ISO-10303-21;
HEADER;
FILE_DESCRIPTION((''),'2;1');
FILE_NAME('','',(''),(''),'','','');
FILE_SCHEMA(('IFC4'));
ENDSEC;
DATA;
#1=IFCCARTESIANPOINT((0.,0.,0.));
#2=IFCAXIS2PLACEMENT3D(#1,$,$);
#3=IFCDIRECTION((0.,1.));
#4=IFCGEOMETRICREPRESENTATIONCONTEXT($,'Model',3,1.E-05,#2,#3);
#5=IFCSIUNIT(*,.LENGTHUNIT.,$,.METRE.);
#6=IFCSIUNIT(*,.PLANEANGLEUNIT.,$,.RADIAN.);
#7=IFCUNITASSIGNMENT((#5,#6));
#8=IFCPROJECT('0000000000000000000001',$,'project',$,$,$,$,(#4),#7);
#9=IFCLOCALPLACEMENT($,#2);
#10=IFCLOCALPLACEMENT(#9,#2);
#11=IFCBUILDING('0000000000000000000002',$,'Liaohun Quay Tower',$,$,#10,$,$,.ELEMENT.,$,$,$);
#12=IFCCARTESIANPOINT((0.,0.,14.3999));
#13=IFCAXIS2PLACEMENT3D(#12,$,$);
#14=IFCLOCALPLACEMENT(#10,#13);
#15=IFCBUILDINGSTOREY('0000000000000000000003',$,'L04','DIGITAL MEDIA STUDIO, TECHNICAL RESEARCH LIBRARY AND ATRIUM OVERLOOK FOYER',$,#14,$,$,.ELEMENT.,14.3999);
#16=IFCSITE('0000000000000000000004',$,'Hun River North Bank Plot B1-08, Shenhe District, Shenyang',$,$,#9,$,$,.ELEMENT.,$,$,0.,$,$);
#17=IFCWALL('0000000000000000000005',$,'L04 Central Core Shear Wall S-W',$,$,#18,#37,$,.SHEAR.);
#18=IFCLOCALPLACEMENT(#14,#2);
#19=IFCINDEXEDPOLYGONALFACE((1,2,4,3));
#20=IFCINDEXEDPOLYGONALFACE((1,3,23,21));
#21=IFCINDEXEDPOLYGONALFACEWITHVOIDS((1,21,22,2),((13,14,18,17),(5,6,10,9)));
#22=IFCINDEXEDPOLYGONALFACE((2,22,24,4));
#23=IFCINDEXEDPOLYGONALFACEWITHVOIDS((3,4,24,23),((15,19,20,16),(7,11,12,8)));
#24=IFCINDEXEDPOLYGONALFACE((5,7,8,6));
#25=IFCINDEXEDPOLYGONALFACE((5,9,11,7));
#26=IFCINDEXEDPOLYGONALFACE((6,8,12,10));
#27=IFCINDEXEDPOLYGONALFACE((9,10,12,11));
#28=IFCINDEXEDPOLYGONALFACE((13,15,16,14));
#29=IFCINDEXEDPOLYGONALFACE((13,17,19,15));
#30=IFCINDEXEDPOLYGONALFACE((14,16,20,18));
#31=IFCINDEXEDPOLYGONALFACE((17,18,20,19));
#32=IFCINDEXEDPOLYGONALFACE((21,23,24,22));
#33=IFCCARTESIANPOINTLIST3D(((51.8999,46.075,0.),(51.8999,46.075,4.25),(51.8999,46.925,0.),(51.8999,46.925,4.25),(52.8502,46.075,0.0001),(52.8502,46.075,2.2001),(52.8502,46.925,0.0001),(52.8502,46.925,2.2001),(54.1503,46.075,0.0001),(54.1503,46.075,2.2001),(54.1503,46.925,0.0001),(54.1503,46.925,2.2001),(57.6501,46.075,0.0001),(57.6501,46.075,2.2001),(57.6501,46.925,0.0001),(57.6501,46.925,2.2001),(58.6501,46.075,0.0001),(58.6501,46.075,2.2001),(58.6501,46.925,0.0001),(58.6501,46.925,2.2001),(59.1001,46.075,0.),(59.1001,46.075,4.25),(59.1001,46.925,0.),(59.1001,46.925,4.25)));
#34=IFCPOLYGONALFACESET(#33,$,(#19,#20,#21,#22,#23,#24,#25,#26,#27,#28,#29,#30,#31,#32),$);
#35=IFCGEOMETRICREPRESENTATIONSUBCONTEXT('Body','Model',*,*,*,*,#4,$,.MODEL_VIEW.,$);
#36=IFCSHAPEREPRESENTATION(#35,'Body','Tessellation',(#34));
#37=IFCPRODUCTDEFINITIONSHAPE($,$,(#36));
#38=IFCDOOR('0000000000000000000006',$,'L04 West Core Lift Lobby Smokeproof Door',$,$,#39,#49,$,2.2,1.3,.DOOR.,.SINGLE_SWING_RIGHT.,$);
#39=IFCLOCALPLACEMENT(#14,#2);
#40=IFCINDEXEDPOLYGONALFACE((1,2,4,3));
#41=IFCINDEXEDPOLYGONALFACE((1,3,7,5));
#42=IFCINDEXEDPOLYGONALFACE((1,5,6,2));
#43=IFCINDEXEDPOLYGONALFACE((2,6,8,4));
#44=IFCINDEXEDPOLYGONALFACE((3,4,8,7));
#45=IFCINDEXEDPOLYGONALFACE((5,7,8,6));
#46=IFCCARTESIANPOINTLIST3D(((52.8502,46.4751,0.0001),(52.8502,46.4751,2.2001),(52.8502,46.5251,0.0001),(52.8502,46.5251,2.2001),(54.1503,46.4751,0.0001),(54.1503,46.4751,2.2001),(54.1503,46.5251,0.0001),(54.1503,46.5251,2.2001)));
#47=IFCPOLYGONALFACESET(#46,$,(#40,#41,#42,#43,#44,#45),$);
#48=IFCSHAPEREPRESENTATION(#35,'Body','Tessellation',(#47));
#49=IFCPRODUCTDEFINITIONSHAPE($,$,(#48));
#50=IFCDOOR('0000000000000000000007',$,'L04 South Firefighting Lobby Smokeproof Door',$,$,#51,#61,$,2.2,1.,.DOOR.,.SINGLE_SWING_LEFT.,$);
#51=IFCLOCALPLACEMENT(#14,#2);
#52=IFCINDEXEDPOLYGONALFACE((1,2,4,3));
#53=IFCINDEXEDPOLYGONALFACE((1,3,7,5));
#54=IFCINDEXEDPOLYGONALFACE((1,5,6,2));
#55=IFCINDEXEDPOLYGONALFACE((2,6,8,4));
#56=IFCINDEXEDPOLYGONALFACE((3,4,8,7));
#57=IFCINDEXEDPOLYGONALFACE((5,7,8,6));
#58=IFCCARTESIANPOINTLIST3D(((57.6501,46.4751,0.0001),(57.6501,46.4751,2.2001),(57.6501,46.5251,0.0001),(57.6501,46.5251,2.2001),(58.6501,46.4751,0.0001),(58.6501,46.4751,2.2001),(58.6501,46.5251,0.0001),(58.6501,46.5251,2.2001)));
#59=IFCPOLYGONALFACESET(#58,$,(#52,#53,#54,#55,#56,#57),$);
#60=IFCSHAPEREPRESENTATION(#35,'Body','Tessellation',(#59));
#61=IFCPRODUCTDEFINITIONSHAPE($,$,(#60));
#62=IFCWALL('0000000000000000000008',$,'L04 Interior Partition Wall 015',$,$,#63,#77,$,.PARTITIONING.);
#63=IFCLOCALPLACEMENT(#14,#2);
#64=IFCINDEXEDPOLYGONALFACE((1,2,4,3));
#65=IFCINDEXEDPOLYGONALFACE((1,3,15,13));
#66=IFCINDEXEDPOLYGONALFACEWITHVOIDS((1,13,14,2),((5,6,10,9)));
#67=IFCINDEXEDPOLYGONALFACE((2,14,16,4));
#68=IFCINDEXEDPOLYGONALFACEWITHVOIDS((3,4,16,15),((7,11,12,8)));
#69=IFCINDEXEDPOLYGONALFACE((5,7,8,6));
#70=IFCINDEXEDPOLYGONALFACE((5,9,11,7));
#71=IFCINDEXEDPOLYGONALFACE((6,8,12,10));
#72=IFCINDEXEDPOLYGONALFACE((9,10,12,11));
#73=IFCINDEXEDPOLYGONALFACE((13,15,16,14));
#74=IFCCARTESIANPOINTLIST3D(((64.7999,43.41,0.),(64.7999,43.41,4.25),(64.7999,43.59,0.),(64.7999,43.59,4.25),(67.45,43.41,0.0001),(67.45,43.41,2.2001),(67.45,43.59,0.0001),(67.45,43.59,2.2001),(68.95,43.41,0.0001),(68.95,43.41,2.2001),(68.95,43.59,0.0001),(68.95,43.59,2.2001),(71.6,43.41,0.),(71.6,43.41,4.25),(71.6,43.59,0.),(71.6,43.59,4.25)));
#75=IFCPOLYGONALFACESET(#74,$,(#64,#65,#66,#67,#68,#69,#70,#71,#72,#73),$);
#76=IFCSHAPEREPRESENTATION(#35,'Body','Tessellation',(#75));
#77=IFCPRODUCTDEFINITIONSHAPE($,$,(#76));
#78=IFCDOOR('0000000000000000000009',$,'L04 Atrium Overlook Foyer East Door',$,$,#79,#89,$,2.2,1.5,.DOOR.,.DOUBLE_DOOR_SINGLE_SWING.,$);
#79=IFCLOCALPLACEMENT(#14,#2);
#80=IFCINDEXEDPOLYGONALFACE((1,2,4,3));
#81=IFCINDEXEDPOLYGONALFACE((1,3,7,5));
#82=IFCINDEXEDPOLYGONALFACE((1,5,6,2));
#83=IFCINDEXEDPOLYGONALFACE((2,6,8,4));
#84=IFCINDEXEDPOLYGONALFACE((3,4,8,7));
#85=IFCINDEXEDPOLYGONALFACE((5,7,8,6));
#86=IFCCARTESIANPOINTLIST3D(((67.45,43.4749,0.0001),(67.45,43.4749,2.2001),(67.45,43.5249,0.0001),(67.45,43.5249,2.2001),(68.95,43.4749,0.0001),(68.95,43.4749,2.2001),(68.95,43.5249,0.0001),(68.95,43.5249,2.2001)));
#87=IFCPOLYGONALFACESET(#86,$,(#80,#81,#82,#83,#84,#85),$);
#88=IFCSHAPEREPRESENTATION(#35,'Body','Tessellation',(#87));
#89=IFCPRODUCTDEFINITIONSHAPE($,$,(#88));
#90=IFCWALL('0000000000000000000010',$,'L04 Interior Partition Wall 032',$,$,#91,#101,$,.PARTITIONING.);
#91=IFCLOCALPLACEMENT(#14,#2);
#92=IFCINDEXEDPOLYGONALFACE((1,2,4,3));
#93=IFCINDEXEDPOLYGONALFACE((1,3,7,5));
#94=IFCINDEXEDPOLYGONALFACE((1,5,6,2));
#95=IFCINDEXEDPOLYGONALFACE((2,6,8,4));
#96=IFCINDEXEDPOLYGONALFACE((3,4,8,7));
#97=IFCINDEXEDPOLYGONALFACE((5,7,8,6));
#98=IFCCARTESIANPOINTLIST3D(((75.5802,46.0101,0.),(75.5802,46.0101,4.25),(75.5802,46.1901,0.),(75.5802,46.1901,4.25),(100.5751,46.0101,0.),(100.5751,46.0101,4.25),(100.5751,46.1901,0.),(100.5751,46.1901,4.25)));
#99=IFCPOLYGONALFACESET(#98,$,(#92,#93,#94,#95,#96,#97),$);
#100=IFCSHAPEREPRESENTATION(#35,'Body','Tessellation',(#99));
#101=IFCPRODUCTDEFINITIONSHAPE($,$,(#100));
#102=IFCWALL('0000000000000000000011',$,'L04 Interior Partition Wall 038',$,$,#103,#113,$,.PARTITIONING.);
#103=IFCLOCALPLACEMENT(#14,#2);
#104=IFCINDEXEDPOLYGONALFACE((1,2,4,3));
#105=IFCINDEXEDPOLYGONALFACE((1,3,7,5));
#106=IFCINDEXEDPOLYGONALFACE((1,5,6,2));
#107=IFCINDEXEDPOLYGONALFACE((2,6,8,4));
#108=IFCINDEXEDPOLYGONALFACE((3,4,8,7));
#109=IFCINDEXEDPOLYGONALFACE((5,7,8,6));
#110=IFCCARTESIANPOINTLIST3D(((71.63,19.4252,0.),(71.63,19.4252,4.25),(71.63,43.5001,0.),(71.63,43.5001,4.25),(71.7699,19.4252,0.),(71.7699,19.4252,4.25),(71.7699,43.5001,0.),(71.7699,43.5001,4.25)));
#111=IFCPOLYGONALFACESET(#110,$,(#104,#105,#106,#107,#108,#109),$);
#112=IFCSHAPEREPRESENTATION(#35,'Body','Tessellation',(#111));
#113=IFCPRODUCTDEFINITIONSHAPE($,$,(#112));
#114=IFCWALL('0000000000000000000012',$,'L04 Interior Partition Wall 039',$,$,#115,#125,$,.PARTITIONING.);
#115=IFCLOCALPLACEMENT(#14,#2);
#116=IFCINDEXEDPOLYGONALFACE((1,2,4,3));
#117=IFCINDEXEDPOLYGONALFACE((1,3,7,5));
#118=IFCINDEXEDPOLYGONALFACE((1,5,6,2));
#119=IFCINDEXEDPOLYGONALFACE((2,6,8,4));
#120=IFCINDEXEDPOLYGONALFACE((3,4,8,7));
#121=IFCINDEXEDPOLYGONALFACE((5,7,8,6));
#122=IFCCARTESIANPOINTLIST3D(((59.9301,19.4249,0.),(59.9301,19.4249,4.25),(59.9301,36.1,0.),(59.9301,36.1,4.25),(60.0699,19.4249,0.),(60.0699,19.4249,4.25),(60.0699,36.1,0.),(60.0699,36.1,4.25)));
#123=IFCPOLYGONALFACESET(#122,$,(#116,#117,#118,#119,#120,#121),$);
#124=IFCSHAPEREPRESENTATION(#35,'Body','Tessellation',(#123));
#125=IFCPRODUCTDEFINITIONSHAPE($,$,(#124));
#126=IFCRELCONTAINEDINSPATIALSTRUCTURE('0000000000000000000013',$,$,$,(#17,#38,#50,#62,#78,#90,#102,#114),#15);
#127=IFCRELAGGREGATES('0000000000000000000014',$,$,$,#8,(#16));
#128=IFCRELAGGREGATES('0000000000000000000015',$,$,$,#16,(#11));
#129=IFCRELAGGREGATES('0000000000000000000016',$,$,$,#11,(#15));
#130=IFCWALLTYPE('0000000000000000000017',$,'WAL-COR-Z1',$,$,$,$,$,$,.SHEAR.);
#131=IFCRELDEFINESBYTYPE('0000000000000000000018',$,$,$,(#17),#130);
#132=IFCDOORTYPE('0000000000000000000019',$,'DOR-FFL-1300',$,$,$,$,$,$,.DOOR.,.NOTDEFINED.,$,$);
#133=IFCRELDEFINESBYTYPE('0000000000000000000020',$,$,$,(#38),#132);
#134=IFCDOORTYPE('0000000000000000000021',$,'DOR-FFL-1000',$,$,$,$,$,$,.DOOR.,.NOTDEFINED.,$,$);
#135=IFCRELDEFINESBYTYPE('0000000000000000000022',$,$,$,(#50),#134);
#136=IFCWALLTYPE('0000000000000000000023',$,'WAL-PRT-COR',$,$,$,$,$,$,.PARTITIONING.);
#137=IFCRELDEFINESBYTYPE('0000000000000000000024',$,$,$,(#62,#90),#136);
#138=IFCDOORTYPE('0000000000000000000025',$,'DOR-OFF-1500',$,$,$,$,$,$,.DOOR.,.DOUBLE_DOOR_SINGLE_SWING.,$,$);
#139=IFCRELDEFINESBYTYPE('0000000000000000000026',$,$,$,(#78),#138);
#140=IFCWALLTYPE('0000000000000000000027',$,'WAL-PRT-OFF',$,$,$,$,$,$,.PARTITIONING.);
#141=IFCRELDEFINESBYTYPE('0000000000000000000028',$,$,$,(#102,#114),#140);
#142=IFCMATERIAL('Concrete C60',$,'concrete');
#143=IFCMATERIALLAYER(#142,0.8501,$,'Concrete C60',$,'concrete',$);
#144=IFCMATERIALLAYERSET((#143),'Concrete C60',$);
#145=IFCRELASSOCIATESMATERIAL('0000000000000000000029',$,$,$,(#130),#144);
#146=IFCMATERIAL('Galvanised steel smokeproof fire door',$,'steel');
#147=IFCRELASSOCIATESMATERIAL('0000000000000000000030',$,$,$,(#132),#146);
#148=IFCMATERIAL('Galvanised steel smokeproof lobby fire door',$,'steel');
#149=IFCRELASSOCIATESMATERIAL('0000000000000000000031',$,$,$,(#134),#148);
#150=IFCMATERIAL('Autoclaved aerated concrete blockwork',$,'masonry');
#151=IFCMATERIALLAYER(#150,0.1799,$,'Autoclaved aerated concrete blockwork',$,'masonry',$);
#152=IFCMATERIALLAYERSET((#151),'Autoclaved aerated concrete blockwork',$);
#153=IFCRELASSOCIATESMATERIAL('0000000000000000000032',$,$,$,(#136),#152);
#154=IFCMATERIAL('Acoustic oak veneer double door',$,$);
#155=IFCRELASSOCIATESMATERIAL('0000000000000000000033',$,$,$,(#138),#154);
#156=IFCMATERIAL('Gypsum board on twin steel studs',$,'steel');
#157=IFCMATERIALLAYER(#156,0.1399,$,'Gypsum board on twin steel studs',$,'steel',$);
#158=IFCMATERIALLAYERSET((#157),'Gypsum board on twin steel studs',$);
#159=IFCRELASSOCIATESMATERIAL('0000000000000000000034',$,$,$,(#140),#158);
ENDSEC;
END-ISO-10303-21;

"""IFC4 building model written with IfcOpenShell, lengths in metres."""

from ifc_helpers import new_model, si_unit, direction, frame, frame_2d, origin, place, context, subcontext, project, spatial, rectangle, extrude, source, transform, mapped, material, layer, layer_set, type_object, element, fill, save


model = new_model("IFC4")

# Units and contexts
model_context = context("Model", 3, precision=1e-05, world=origin(), true_north=direction((0.0, 1.0)))
body_context = subcontext(model_context, "Body", "Model", "MODEL_VIEW")
ifc_project = project(units=[si_unit("LENGTHUNIT", "METRE"), si_unit("PLANEANGLEUNIT", "RADIAN")], contexts=[model_context])

# Site, building, storey
site_placement = place(None, origin())
site = spatial("IfcSite", under=ifc_project, at=site_placement, Name="Hun River North Bank Plot B1-08, Shenhe District, Shenyang", CompositionType="ELEMENT", RefElevation=0.0)
building_placement = place(site_placement, origin())
building = spatial("IfcBuilding", under=site, at=building_placement, Name="Liaohun Quay Tower", CompositionType="ELEMENT")
storey_placement = place(building_placement, frame((0.0, 0.0, 14.3999)))
storey = spatial("IfcBuildingStorey", under=building, at=storey_placement, Name="L04", Description="DIGITAL MEDIA STUDIO, TECHNICAL RESEARCH LIBRARY AND ATRIUM OVERLOOK FOYER", CompositionType="ELEMENT", Elevation=14.3999)

# Shared definitions
ifc_material_1 = material(Name="Concrete C60", Category="concrete")

# Wall, openings, doors
ifc_layer_1 = layer(ifc_material_1, 0.8501, Name="Concrete C60", Category="concrete")
ifc_layer_set_1 = layer_set([ifc_layer_1], Name="Concrete C60")
wall_type_1 = type_object("IfcWallType", Name="WAL-COR-Z1", PredefinedType="SHEAR", material=ifc_layer_set_1)
wall_1_placement = place(storey_placement, frame((59.1001, 46.5, 0.0), z_axis=(0.0, 0.0, 1.0), x_axis=(-1.0, 0.0, 0.0)))
wall_1 = element("IfcWall", 1, at=wall_1_placement, inside=storey, type_object=wall_type_1, Name="L04 Central Core Shear Wall S-W", PredefinedType="SHEAR", context=body_context, shape_type="SweptSolid", body=[
    extrude(rectangle(XDim=7.2002, YDim=0.8501, at=frame_2d((3.6001, 0.0))), origin(), (0.0, 0.0, 1.0), 4.25),
])
shared_shape_1 = source(origin(), body_context, "Body", "SweptSolid", [
    extrude(rectangle(XDim=1.3, YDim=2.2, at=frame_2d((0.6499, 1.1001))), frame((0.0, 0.4351, 0.0), z_axis=(0.0, -1.0, 0.0), x_axis=(1.0, 0.0, 0.0)), (0.0, 0.0, 1.0), 0.8701),
])
opening_1_placement = place(wall_1_placement, frame((4.95, 0.0, 0.0)))
opening_1 = element("IfcOpeningElement", 2, at=opening_1_placement, cuts=wall_1, PredefinedType="OPENING", context=body_context, shape_type="MappedRepresentation", body=[
    mapped(shared_shape_1, transform((0.0, 0.0, 0.0), x_axis=(1.0, 0.0, 0.0), y_axis=(0.0, 1.0, 0.0), z_axis=(0.0, 0.0, 1.0), scale=1.0)),
])
shared_shape_2 = source(origin(), body_context, "Body", "SweptSolid", [
    extrude(rectangle(XDim=1.0, YDim=2.2, at=frame_2d((0.5, 1.1001))), frame((0.0, 0.4351, 0.0), z_axis=(0.0, -1.0, 0.0), x_axis=(1.0, 0.0, 0.0)), (0.0, 0.0, 1.0), 0.8701),
])
opening_2_placement = place(wall_1_placement, frame((0.45, 0.0, 0.0)))
opening_2 = element("IfcOpeningElement", 3, at=opening_2_placement, cuts=wall_1, PredefinedType="OPENING", context=body_context, shape_type="MappedRepresentation", body=[
    mapped(shared_shape_2, transform((0.0, 0.0, 0.0), x_axis=(1.0, 0.0, 0.0), y_axis=(0.0, 1.0, 0.0), z_axis=(0.0, 0.0, 1.0), scale=1.0)),
])
ifc_material_2 = material(Name="Galvanised steel smokeproof fire door", Category="steel")
door_type_1 = type_object("IfcDoorType", Name="DOR-FFL-1300", OperationType="NOTDEFINED", PredefinedType="DOOR", material=ifc_material_2)
shared_shape_3 = source(origin(), body_context, "Body", "SweptSolid", [
    extrude(rectangle(XDim=1.3, YDim=2.2, at=frame_2d((0.6499, 1.1001))), frame((0.0, 0.0249, 0.0), z_axis=(0.0, -1.0, 0.0), x_axis=(1.0, 0.0, 0.0)), (0.0, 0.0, 1.0), 0.05),
])
door_1_placement = place(opening_1_placement, origin())
door_1 = element("IfcDoor", 4, at=door_1_placement, inside=storey, type_object=door_type_1, Name="L04 West Core Lift Lobby Smokeproof Door", OperationType="SINGLE_SWING_RIGHT", OverallHeight=2.2, OverallWidth=1.3, PredefinedType="DOOR", context=body_context, shape_type="MappedRepresentation", body=[
    mapped(shared_shape_3, transform((0.0, 0.0, 0.0), x_axis=(1.0, 0.0, 0.0), y_axis=(0.0, 1.0, 0.0), z_axis=(0.0, 0.0, 1.0), scale=1.0)),
])
fill(opening_1, door_1)
ifc_material_3 = material(Name="Galvanised steel smokeproof lobby fire door", Category="steel")
door_type_2 = type_object("IfcDoorType", Name="DOR-FFL-1000", OperationType="NOTDEFINED", PredefinedType="DOOR", material=ifc_material_3)
shared_shape_4 = source(origin(), body_context, "Body", "SweptSolid", [
    extrude(rectangle(XDim=1.0, YDim=2.2, at=frame_2d((0.5, 1.1001))), frame((0.0, 0.0249, 0.0), z_axis=(0.0, -1.0, 0.0), x_axis=(1.0, 0.0, 0.0)), (0.0, 0.0, 1.0), 0.05),
])
door_2_placement = place(opening_2_placement, origin())
door_2 = element("IfcDoor", 5, at=door_2_placement, inside=storey, type_object=door_type_2, Name="L04 South Firefighting Lobby Smokeproof Door", OperationType="SINGLE_SWING_LEFT", OverallHeight=2.2, OverallWidth=1.0, PredefinedType="DOOR", context=body_context, shape_type="MappedRepresentation", body=[
    mapped(shared_shape_4, transform((0.0, 0.0, 0.0), x_axis=(1.0, 0.0, 0.0), y_axis=(0.0, 1.0, 0.0), z_axis=(0.0, 0.0, 1.0), scale=1.0)),
])
fill(opening_2, door_2)

# Wall, opening, door
ifc_material_4 = material(Name="Autoclaved aerated concrete blockwork", Category="masonry")
ifc_layer_2 = layer(ifc_material_4, 0.1799, Name="Autoclaved aerated concrete blockwork", Category="masonry")
ifc_layer_set_2 = layer_set([ifc_layer_2], Name="Autoclaved aerated concrete blockwork")
wall_type_2 = type_object("IfcWallType", Name="WAL-PRT-COR", PredefinedType="PARTITIONING", material=ifc_layer_set_2)
wall_2_placement = place(storey_placement, frame((64.8, 43.5, 0.0), z_axis=(0.0, 0.0, 1.0), x_axis=(1.0, 0.0, 0.0)))
wall_2 = element("IfcWall", 6, at=wall_2_placement, inside=storey, type_object=wall_type_2, Name="L04 Interior Partition Wall 015", PredefinedType="PARTITIONING", context=body_context, shape_type="SweptSolid", body=[
    extrude(rectangle(XDim=6.8, YDim=0.1799, at=frame_2d((3.3999, 0.0))), origin(), (0.0, 0.0, 1.0), 4.25),
])
shared_shape_5 = source(origin(), body_context, "Body", "SweptSolid", [
    extrude(rectangle(XDim=1.5, YDim=2.2, at=frame_2d((0.75, 1.1001))), frame((0.0, 0.0999, 0.0), z_axis=(0.0, -1.0, 0.0), x_axis=(1.0, 0.0, 0.0)), (0.0, 0.0, 1.0), 0.2),
])
opening_3_placement = place(wall_2_placement, frame((2.6499, 0.0, 0.0)))
opening_3 = element("IfcOpeningElement", 7, at=opening_3_placement, cuts=wall_2, PredefinedType="OPENING", context=body_context, shape_type="MappedRepresentation", body=[
    mapped(shared_shape_5, transform((0.0, 0.0, 0.0), x_axis=(1.0, 0.0, 0.0), y_axis=(0.0, 1.0, 0.0), z_axis=(0.0, 0.0, 1.0), scale=1.0)),
])
ifc_material_5 = material(Name="Acoustic oak veneer double door")
door_type_3 = type_object("IfcDoorType", Name="DOR-OFF-1500", OperationType="DOUBLE_DOOR_SINGLE_SWING", PredefinedType="DOOR", material=ifc_material_5)
shared_shape_6 = source(origin(), body_context, "Body", "SweptSolid", [
    extrude(rectangle(XDim=1.5, YDim=2.2, at=frame_2d((0.75, 1.1001))), frame((0.0, 0.0249, 0.0), z_axis=(0.0, -1.0, 0.0), x_axis=(1.0, 0.0, 0.0)), (0.0, 0.0, 1.0), 0.05),
])
door_3_placement = place(opening_3_placement, origin())
door_3 = element("IfcDoor", 8, at=door_3_placement, inside=storey, type_object=door_type_3, Name="L04 Atrium Overlook Foyer East Door", OperationType="DOUBLE_DOOR_SINGLE_SWING", OverallHeight=2.2, OverallWidth=1.5, PredefinedType="DOOR", context=body_context, shape_type="MappedRepresentation", body=[
    mapped(shared_shape_6, transform((0.0, 0.0, 0.0), x_axis=(1.0, 0.0, 0.0), y_axis=(0.0, 1.0, 0.0), z_axis=(0.0, 0.0, 1.0), scale=1.0)),
])
fill(opening_3, door_3)

# Walls
wall_3_placement = place(storey_placement, frame((75.5801, 46.1001, 0.0), z_axis=(0.0, 0.0, 1.0), x_axis=(1.0, 0.0, 0.0)))
element("IfcWall", 9, at=wall_3_placement, inside=storey, type_object=wall_type_2, Name="L04 Interior Partition Wall 032", PredefinedType="PARTITIONING", context=body_context, shape_type="SweptSolid", body=[
    extrude(rectangle(XDim=24.9949, YDim=0.1799, at=frame_2d((12.4976, 0.0))), origin(), (0.0, 0.0, 1.0), 4.25),
])
ifc_material_6 = material(Name="Gypsum board on twin steel studs", Category="steel")
ifc_layer_3 = layer(ifc_material_6, 0.1399, Name="Gypsum board on twin steel studs", Category="steel")
ifc_layer_set_3 = layer_set([ifc_layer_3], Name="Gypsum board on twin steel studs")
wall_type_3 = type_object("IfcWallType", Name="WAL-PRT-OFF", PredefinedType="PARTITIONING", material=ifc_layer_set_3)
wall_4_placement = place(storey_placement, frame((71.7, 19.425, 0.0), z_axis=(0.0, 0.0, 1.0), x_axis=(0.0, 1.0, 0.0)))
element("IfcWall", 10, at=wall_4_placement, inside=storey, type_object=wall_type_3, Name="L04 Interior Partition Wall 038", PredefinedType="PARTITIONING", context=body_context, shape_type="SweptSolid", body=[
    extrude(rectangle(XDim=24.075, YDim=0.1399, at=frame_2d((12.0376, 0.0))), origin(), (0.0, 0.0, 1.0), 4.25),
])
wall_5_placement = place(storey_placement, frame((60.0, 19.425, 0.0), z_axis=(0.0, 0.0, 1.0), x_axis=(0.0, 1.0, 0.0)))
element("IfcWall", 11, at=wall_5_placement, inside=storey, type_object=wall_type_3, Name="L04 Interior Partition Wall 039", PredefinedType="PARTITIONING", context=body_context, shape_type="SweptSolid", body=[
    extrude(rectangle(XDim=16.675, YDim=0.1399, at=frame_2d((8.3374, 0.0))), origin(), (0.0, 0.0, 1.0), 4.25),
])

save(model, "model.ifc")
